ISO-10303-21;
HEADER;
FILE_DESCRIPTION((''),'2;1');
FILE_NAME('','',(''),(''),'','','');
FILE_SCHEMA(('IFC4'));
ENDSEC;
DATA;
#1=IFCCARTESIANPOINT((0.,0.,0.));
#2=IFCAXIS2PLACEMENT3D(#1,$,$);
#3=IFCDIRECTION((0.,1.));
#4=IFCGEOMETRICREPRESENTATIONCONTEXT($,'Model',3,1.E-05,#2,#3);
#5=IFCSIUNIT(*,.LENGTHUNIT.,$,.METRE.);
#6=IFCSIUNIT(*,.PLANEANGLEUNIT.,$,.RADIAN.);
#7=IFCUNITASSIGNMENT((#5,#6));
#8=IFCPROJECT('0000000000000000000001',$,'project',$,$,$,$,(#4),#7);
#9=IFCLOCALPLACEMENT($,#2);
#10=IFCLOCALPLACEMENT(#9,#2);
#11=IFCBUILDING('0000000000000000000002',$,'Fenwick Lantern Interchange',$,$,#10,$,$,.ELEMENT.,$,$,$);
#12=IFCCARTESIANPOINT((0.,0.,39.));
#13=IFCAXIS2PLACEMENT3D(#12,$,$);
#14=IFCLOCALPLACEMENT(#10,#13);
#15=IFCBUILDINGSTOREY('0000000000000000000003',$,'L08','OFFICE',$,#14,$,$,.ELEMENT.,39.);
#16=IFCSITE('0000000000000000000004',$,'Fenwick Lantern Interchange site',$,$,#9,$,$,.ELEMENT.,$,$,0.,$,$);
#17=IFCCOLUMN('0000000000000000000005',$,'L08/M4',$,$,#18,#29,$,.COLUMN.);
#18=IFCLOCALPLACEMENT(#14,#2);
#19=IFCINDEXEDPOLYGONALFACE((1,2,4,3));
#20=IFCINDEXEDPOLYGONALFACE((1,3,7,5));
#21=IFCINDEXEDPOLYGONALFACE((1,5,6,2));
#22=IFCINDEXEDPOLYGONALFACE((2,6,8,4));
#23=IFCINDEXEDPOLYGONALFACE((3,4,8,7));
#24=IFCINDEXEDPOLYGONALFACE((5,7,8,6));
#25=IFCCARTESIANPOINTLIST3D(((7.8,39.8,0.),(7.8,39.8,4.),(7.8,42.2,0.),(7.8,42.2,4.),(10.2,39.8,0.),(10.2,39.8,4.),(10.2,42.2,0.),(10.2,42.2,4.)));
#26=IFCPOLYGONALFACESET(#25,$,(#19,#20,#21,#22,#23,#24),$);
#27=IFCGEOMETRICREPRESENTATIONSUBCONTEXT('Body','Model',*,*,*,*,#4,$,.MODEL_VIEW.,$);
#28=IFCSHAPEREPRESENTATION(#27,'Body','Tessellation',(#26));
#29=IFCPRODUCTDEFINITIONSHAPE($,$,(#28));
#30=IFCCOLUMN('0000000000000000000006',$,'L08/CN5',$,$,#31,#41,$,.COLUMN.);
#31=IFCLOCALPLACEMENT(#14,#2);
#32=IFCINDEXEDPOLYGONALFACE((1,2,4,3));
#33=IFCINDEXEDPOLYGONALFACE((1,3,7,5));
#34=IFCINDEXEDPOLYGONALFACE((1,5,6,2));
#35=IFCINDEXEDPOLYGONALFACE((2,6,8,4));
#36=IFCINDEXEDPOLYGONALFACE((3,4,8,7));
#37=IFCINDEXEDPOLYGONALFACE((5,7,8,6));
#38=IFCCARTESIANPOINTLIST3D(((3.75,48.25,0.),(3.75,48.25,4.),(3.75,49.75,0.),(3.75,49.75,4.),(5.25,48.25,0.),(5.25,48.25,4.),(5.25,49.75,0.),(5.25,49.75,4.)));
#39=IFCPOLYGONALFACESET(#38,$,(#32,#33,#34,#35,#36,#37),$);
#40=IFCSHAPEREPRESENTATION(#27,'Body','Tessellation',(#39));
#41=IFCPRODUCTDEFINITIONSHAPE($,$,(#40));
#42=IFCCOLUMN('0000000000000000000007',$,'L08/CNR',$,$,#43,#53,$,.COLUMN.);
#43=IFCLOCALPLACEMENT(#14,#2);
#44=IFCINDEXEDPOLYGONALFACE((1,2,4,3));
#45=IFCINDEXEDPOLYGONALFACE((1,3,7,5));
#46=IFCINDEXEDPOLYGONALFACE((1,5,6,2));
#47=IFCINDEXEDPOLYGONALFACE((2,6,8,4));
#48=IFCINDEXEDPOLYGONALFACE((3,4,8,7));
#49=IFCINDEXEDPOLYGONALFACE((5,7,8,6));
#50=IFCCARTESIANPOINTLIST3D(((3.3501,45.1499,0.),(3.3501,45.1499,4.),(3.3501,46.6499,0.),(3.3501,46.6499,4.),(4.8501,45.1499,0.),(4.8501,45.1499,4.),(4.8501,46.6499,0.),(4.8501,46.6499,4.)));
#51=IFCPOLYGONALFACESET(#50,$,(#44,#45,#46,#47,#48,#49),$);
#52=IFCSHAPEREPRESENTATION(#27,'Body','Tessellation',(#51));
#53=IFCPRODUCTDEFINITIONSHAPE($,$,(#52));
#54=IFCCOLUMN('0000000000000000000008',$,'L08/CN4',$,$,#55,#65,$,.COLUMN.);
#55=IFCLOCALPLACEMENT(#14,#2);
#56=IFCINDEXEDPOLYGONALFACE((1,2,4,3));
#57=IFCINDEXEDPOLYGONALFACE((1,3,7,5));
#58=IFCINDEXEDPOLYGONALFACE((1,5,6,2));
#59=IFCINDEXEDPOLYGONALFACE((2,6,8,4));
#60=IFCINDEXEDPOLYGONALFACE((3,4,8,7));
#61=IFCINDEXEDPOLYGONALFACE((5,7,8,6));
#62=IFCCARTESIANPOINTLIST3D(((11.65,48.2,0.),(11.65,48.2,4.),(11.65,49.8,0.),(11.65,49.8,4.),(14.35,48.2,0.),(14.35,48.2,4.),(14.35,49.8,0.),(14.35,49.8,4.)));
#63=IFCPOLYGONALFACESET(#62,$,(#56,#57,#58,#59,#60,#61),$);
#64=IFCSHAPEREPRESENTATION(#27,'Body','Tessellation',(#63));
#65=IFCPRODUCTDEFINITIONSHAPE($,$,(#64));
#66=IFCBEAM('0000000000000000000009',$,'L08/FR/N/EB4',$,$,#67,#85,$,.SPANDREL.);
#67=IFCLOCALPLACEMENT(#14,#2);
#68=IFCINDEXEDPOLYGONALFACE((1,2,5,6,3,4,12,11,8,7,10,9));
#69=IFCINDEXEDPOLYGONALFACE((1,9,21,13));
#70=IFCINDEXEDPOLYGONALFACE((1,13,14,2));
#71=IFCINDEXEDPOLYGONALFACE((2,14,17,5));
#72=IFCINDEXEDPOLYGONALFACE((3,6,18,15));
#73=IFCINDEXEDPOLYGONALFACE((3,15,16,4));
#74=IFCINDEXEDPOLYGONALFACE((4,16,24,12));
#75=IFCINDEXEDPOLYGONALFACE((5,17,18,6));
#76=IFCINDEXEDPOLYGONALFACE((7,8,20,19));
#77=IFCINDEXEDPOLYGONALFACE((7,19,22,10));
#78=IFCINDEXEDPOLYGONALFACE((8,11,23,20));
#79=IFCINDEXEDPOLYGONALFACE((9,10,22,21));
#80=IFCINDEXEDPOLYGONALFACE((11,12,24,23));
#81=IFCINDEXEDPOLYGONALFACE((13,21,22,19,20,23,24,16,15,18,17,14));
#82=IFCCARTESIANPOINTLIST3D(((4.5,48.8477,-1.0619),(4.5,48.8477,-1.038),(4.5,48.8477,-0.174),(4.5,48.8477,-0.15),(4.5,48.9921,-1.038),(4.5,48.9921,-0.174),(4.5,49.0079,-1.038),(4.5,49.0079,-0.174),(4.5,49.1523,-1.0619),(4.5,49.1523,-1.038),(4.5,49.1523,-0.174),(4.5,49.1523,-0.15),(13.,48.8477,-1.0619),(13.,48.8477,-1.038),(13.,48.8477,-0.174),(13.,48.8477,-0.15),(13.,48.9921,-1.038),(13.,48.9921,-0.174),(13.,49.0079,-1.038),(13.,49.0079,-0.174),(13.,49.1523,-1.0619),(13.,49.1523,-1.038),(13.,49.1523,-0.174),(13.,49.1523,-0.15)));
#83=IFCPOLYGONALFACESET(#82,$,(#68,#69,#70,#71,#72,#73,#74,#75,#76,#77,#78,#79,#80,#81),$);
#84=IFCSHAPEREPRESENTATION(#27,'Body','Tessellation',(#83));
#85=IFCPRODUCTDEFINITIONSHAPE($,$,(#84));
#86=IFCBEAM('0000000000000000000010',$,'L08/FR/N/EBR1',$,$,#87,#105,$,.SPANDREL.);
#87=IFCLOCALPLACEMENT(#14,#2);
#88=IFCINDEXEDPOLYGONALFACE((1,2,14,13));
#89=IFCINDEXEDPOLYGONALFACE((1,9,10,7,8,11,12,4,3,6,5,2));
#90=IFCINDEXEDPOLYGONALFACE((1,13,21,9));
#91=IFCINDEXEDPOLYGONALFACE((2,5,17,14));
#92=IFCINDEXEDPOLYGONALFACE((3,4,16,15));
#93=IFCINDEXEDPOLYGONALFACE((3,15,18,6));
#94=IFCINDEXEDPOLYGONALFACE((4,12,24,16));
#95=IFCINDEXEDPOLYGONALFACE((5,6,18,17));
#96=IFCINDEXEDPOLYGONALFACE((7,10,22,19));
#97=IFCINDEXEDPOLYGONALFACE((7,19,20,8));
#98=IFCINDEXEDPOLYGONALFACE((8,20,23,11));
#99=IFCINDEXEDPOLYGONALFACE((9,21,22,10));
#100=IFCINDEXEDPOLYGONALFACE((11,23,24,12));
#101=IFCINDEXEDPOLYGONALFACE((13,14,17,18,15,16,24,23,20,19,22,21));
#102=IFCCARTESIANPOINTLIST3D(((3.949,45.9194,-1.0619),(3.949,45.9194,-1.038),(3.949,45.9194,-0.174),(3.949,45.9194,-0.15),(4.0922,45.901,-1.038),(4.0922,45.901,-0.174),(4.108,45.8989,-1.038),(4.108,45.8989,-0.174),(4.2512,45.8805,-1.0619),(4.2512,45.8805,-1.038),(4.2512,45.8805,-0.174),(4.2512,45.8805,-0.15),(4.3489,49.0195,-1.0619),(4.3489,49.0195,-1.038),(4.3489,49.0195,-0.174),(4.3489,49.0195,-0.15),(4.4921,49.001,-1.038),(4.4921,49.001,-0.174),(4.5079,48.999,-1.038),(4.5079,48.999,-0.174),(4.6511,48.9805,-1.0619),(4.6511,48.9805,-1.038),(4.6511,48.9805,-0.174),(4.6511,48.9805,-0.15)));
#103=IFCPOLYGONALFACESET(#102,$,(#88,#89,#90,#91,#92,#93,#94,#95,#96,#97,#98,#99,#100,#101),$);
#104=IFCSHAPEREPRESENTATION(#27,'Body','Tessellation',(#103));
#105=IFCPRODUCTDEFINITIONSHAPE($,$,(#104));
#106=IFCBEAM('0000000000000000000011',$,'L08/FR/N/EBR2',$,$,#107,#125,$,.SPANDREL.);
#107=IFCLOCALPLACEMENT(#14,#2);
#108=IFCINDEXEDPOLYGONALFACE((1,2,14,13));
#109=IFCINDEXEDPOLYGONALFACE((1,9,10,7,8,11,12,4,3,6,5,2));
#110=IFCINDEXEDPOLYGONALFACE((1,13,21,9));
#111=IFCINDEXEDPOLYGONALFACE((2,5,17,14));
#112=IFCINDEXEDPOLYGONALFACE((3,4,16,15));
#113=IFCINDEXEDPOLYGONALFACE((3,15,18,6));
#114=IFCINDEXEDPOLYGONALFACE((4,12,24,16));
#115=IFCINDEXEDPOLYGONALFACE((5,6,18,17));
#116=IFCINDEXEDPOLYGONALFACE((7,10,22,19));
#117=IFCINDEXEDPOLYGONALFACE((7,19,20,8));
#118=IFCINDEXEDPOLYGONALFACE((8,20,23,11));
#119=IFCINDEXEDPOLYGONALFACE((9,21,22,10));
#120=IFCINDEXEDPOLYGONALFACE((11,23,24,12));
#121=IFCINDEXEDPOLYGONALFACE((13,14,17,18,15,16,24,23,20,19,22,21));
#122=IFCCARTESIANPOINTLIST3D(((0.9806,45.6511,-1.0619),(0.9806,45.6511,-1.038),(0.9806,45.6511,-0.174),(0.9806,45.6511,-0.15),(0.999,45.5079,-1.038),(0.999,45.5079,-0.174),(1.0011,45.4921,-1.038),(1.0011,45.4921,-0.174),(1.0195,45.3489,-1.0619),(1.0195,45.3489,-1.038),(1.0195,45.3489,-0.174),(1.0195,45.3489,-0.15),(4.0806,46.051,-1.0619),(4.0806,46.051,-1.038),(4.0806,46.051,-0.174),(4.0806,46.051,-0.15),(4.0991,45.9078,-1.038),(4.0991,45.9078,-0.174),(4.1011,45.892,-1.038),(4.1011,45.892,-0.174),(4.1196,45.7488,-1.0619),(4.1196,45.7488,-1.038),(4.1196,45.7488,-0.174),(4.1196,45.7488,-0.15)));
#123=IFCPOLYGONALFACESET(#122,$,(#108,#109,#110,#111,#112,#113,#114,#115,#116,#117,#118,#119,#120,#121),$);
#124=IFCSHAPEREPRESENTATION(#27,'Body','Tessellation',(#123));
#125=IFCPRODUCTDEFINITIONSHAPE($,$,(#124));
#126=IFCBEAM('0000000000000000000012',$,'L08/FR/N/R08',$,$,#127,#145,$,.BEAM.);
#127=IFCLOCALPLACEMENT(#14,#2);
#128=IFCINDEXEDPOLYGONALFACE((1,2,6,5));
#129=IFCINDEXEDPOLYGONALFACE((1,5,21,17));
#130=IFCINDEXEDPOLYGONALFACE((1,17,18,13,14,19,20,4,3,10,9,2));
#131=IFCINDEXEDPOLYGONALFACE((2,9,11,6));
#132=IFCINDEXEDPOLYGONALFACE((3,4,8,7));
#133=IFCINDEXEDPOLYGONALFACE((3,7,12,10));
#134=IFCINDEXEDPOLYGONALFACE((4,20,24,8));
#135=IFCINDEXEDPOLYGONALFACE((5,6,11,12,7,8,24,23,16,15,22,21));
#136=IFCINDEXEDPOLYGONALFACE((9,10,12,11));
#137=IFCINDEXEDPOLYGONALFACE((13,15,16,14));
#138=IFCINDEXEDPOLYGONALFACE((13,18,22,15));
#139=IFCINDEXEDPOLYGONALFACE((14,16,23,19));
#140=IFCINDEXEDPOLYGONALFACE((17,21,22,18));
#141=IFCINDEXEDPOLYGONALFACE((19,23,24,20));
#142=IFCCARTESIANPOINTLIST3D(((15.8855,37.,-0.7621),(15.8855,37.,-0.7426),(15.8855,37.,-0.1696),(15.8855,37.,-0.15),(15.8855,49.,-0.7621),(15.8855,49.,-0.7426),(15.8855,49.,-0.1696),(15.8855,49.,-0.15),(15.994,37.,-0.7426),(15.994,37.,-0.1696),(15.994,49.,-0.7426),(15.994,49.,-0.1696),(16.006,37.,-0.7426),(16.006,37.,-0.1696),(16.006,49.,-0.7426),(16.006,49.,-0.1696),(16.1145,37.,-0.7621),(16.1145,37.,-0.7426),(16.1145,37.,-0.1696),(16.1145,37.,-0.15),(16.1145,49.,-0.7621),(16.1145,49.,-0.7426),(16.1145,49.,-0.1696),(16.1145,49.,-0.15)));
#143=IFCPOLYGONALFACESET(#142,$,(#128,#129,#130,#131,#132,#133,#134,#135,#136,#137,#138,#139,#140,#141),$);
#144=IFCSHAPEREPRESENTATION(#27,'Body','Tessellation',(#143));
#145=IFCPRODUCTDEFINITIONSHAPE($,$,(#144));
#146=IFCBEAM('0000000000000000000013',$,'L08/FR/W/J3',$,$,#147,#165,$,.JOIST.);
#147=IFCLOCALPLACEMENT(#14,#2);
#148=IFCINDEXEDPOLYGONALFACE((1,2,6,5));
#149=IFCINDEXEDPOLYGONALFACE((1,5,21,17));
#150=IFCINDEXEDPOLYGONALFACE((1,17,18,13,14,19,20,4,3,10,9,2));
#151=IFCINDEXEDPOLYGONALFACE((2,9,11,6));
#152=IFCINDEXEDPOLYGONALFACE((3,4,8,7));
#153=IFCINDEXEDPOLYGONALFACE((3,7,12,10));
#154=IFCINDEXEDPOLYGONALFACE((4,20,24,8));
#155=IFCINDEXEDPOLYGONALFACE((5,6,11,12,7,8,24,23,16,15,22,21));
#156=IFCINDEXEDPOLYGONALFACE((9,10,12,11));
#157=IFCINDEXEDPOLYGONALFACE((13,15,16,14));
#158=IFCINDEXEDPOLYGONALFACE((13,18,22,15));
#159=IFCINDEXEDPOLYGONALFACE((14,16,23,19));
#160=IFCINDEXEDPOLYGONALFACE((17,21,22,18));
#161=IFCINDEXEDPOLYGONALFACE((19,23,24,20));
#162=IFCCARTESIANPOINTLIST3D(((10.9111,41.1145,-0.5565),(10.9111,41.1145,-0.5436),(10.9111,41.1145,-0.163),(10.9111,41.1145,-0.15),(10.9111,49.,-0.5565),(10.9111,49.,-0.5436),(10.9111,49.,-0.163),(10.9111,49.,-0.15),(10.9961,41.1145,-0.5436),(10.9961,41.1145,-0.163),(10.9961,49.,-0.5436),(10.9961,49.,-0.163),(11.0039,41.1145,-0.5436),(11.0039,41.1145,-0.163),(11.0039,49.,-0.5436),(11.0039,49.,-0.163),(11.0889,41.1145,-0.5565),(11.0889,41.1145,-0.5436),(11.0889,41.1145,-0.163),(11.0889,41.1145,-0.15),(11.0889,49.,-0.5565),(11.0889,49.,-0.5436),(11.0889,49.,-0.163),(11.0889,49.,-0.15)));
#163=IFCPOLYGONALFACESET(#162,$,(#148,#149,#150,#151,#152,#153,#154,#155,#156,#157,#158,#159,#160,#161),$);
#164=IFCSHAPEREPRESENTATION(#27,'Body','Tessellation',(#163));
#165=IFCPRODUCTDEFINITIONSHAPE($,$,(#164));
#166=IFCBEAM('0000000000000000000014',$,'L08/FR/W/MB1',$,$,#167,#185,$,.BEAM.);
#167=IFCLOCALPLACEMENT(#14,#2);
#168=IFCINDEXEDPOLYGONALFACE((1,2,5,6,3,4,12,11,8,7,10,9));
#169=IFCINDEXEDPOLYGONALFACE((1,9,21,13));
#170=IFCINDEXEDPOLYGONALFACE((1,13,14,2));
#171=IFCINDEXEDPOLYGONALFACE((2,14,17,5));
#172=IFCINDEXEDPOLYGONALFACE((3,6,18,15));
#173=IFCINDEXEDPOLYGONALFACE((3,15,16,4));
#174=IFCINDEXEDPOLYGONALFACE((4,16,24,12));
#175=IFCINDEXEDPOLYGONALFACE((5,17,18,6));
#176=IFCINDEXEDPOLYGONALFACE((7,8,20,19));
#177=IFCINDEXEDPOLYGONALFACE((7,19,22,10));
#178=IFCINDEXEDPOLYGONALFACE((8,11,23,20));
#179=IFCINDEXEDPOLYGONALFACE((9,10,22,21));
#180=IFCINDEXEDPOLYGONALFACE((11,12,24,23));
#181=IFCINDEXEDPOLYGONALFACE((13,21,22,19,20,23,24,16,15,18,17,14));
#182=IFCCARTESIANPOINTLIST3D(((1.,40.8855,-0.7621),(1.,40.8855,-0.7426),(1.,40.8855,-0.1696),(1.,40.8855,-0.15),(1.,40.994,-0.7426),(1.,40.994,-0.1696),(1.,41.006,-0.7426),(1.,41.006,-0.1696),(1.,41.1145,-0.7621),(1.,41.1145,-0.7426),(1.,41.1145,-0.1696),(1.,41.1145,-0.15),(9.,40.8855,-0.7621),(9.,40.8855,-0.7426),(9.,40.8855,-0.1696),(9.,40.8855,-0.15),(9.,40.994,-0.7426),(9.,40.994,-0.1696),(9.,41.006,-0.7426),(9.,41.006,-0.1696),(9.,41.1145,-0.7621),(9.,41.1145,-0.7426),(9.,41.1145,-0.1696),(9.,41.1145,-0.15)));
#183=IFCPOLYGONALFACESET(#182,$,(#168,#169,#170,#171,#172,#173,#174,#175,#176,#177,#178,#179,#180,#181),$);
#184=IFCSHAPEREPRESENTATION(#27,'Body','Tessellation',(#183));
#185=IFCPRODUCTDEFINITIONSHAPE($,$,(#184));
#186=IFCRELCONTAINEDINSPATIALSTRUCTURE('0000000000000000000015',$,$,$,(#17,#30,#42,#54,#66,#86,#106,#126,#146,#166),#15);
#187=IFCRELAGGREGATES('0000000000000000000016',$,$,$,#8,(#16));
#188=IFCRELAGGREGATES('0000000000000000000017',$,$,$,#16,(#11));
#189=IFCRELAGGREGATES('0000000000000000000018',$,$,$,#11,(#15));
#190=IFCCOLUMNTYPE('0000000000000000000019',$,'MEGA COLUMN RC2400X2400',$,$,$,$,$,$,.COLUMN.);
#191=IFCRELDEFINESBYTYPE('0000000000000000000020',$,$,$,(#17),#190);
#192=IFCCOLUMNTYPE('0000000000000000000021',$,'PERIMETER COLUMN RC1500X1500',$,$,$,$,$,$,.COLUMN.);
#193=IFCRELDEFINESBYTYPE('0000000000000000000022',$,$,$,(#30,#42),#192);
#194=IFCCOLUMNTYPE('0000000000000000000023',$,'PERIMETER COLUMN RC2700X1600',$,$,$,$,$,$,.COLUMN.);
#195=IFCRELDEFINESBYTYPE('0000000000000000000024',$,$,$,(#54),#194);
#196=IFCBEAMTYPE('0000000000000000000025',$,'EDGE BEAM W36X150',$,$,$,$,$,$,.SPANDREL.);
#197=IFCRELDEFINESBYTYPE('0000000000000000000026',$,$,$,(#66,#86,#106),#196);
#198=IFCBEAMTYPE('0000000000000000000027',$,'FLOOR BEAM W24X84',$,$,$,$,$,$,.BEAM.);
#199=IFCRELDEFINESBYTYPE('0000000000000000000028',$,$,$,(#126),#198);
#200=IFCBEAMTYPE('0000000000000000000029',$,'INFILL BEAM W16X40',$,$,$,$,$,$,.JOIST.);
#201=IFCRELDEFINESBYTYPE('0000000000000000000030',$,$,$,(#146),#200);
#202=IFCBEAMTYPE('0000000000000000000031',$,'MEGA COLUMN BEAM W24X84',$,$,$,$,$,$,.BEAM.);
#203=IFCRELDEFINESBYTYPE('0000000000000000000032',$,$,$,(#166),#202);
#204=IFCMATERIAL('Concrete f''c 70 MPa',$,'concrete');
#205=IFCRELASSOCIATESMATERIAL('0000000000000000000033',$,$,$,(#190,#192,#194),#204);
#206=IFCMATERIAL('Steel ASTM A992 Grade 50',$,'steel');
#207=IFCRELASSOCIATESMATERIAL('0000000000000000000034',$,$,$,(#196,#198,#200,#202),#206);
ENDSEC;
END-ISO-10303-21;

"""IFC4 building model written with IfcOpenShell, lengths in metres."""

from ifc_helpers import new_model, si_unit, direction, frame, origin, origin_2d, place, context, subcontext, project, spatial, rectangle, i_section, extrude, material, material_profile, profile_set, type_object, element, save


model = new_model("IFC4")

# Units and contexts
model_context = context("Model", 3, precision=1e-05, world=origin(), true_north=direction((0.0, 1.0)))
body_context = subcontext(model_context, "Body", "Model", "MODEL_VIEW")
ifc_project = project(units=[si_unit("LENGTHUNIT", "METRE"), si_unit("PLANEANGLEUNIT", "RADIAN")], contexts=[model_context])

# Site, building, storey
site_placement = place(None, origin())
site = spatial("IfcSite", under=ifc_project, at=site_placement, Name="Fenwick Lantern Interchange site", CompositionType="ELEMENT", RefElevation=0.0)
building_placement = place(site_placement, origin())
building = spatial("IfcBuilding", under=site, at=building_placement, Name="Fenwick Lantern Interchange", CompositionType="ELEMENT")
storey_placement = place(building_placement, frame((0.0, 0.0, 39.0)))
storey = spatial("IfcBuildingStorey", under=building, at=storey_placement, Name="L08", Description="OFFICE", CompositionType="ELEMENT", Elevation=39.0)

# Columns
ifc_material_1 = material(Name="Concrete f'c 70 MPa", Category="concrete")
ifc_material_profile_1 = material_profile(ifc_material_1, rectangle(XDim=2.3999, YDim=2.3999, at=origin_2d()), Name="RC2400X2400")
ifc_profile_set_1 = profile_set([ifc_material_profile_1], Name="Concrete f'c 70 MPa")
column_type_1 = type_object("IfcColumnType", Name="MEGA COLUMN RC2400X2400", PredefinedType="COLUMN", material=ifc_profile_set_1)
column_1_placement = place(storey_placement, frame((9.0, 41.0, 0.0), z_axis=(0.0, 0.0, 1.0), x_axis=(1.0, 0.0, 0.0)))
element("IfcColumn", 1, at=column_1_placement, inside=storey, type_object=column_type_1, Name="L08/M4", PredefinedType="COLUMN", context=body_context, shape_type="SweptSolid", body=[
    extrude(rectangle(XDim=2.3999, YDim=2.3999, at=origin_2d()), origin(), (0.0, 0.0, 1.0), 4.0),
])
ifc_material_profile_2 = material_profile(ifc_material_1, rectangle(XDim=1.5, YDim=1.5, at=origin_2d()), Name="RC1500X1500")
ifc_profile_set_2 = profile_set([ifc_material_profile_2], Name="Concrete f'c 70 MPa")
column_type_2 = type_object("IfcColumnType", Name="PERIMETER COLUMN RC1500X1500", PredefinedType="COLUMN", material=ifc_profile_set_2)
for number, where, z_axis, x_axis, name in (
    (2, (4.5, 49.0, 0.0), (0.0, 0.0, 1.0), (1.0, 0.0, 0.0), "L08/CN5"),
    (3, (4.1001, 45.8999, 0.0), (0.0, 0.0, 1.0), (1.0, 0.0, 0.0), "L08/CNR"),
):
    element("IfcColumn", number, at=place(storey_placement, frame(where, z_axis=z_axis, x_axis=x_axis)), inside=storey, type_object=column_type_2, Name=name, PredefinedType="COLUMN", context=body_context, shape_type="SweptSolid", body=[
        extrude(rectangle(XDim=1.5, YDim=1.5, at=origin_2d()), origin(), (0.0, 0.0, 1.0), 4.0),
    ])
ifc_material_profile_3 = material_profile(ifc_material_1, rectangle(XDim=2.7, YDim=1.6001, at=origin_2d()), Name="RC2700X1600")
ifc_profile_set_3 = profile_set([ifc_material_profile_3], Name="Concrete f'c 70 MPa")
column_type_3 = type_object("IfcColumnType", Name="PERIMETER COLUMN RC2700X1600", PredefinedType="COLUMN", material=ifc_profile_set_3)
column_2_placement = place(storey_placement, frame((13.0, 49.0, 0.0), z_axis=(0.0, 0.0, 1.0), x_axis=(1.0, 0.0, 0.0)))
element("IfcColumn", 4, at=column_2_placement, inside=storey, type_object=column_type_3, Name="L08/CN4", PredefinedType="COLUMN", context=body_context, shape_type="SweptSolid", body=[
    extrude(rectangle(XDim=2.7, YDim=1.6001, at=origin_2d()), origin(), (0.0, 0.0, 1.0), 4.0),
])

# Beams
ifc_material_2 = material(Name="Steel ASTM A992 Grade 50", Category="steel")
ifc_material_profile_4 = material_profile(ifc_material_2, i_section(OverallWidth=0.3047, OverallDepth=0.9119, WebThickness=0.0159, FlangeThickness=0.0239, at=origin_2d()), Name="W36X150")
ifc_profile_set_4 = profile_set([ifc_material_profile_4], Name="Steel ASTM A992 Grade 50")
beam_type_1 = type_object("IfcBeamType", Name="EDGE BEAM W36X150", PredefinedType="SPANDREL", material=ifc_profile_set_4)
beam_1_placement = place(storey_placement, frame((13.0, 49.0, -0.606), z_axis=(-1.0, 0.0, 0.0), x_axis=(0.0, -1.0, 0.0)))
element("IfcBeam", 5, at=beam_1_placement, inside=storey, type_object=beam_type_1, Name="L08/FR/N/EB4", PredefinedType="SPANDREL", context=body_context, shape_type="SweptSolid", body=[
    extrude(i_section(OverallWidth=0.3047, OverallDepth=0.9119, WebThickness=0.0159, FlangeThickness=0.0239, at=origin_2d()), origin(), (0.0, 0.0, 1.0), 8.5),
])
for number, where, z_axis, x_axis, name in (
    (6, (4.5, 49.0, -0.606), (-0.127937, -0.991782, 0.0), (0.991782, -0.127937, 0.0), "L08/FR/N/EBR1"),
    (7, (4.1001, 45.8999, -0.606), (-0.991782, -0.127937, 0.0), (0.127937, -0.991782, 0.0), "L08/FR/N/EBR2"),
):
    element("IfcBeam", number, at=place(storey_placement, frame(where, z_axis=z_axis, x_axis=x_axis)), inside=storey, type_object=beam_type_1, Name=name, PredefinedType="SPANDREL", context=body_context, shape_type="SweptSolid", body=[
        extrude(i_section(OverallWidth=0.3047, OverallDepth=0.9119, WebThickness=0.0159, FlangeThickness=0.0239, at=origin_2d()), origin(), (0.0, 0.0, 1.0), 3.1257),
    ])
ifc_material_profile_5 = material_profile(ifc_material_2, i_section(OverallWidth=0.229, OverallDepth=0.6121, WebThickness=0.012, FlangeThickness=0.0195, at=origin_2d()), Name="W24X84")
ifc_profile_set_5 = profile_set([ifc_material_profile_5], Name="Steel ASTM A992 Grade 50")
beam_type_2 = type_object("IfcBeamType", Name="FLOOR BEAM W24X84", PredefinedType="BEAM", material=ifc_profile_set_5)
beam_2_placement = place(storey_placement, frame((16.0, 49.0, -0.4561), z_axis=(0.0, -1.0, 0.0), x_axis=(1.0, 0.0, 0.0)))
element("IfcBeam", 8, at=beam_2_placement, inside=storey, type_object=beam_type_2, Name="L08/FR/N/R08", PredefinedType="BEAM", context=body_context, shape_type="SweptSolid", body=[
    extrude(i_section(OverallWidth=0.229, OverallDepth=0.6121, WebThickness=0.012, FlangeThickness=0.0195, at=origin_2d()), origin(), (0.0, 0.0, 1.0), 12.0),
])
ifc_material_profile_6 = material_profile(ifc_material_2, i_section(OverallWidth=0.1777, OverallDepth=0.4065, WebThickness=0.0078, FlangeThickness=0.0129, at=origin_2d()), Name="W16X40")
ifc_profile_set_6 = profile_set([ifc_material_profile_6], Name="Steel ASTM A992 Grade 50")
beam_type_3 = type_object("IfcBeamType", Name="INFILL BEAM W16X40", PredefinedType="JOIST", material=ifc_profile_set_6)
beam_3_placement = place(storey_placement, frame((11.0, 49.0, -0.3533), z_axis=(0.0, -1.0, 0.0), x_axis=(1.0, 0.0, 0.0)))
element("IfcBeam", 9, at=beam_3_placement, inside=storey, type_object=beam_type_3, Name="L08/FR/W/J3", PredefinedType="JOIST", context=body_context, shape_type="SweptSolid", body=[
    extrude(i_section(OverallWidth=0.1777, OverallDepth=0.4065, WebThickness=0.0078, FlangeThickness=0.0129, at=origin_2d()), origin(), (0.0, 0.0, 1.0), 7.8855),
])
ifc_material_profile_7 = material_profile(ifc_material_2, i_section(OverallWidth=0.229, OverallDepth=0.6121, WebThickness=0.012, FlangeThickness=0.0195, at=origin_2d()), Name="W24X84")
ifc_profile_set_7 = profile_set([ifc_material_profile_7], Name="Steel ASTM A992 Grade 50")
beam_type_4 = type_object("IfcBeamType", Name="MEGA COLUMN BEAM W24X84", PredefinedType="BEAM", material=ifc_profile_set_7)
for number, where, z_axis, x_axis, name in (
    (10, (9.0, 41.0, -0.4561), (-1.0, 0.0, 0.0), (0.0, -1.0, 0.0), "L08/FR/W/MB1"),
):
    element("IfcBeam", number, at=place(storey_placement, frame(where, z_axis=z_axis, x_axis=x_axis)), inside=storey, type_object=beam_type_4, Name=name, PredefinedType="BEAM", context=body_context, shape_type="SweptSolid", body=[
        extrude(i_section(OverallWidth=0.229, OverallDepth=0.6121, WebThickness=0.012, FlangeThickness=0.0195, at=origin_2d()), origin(), (0.0, 0.0, 1.0), 8.0),
    ])

save(model, "model.ifc")
